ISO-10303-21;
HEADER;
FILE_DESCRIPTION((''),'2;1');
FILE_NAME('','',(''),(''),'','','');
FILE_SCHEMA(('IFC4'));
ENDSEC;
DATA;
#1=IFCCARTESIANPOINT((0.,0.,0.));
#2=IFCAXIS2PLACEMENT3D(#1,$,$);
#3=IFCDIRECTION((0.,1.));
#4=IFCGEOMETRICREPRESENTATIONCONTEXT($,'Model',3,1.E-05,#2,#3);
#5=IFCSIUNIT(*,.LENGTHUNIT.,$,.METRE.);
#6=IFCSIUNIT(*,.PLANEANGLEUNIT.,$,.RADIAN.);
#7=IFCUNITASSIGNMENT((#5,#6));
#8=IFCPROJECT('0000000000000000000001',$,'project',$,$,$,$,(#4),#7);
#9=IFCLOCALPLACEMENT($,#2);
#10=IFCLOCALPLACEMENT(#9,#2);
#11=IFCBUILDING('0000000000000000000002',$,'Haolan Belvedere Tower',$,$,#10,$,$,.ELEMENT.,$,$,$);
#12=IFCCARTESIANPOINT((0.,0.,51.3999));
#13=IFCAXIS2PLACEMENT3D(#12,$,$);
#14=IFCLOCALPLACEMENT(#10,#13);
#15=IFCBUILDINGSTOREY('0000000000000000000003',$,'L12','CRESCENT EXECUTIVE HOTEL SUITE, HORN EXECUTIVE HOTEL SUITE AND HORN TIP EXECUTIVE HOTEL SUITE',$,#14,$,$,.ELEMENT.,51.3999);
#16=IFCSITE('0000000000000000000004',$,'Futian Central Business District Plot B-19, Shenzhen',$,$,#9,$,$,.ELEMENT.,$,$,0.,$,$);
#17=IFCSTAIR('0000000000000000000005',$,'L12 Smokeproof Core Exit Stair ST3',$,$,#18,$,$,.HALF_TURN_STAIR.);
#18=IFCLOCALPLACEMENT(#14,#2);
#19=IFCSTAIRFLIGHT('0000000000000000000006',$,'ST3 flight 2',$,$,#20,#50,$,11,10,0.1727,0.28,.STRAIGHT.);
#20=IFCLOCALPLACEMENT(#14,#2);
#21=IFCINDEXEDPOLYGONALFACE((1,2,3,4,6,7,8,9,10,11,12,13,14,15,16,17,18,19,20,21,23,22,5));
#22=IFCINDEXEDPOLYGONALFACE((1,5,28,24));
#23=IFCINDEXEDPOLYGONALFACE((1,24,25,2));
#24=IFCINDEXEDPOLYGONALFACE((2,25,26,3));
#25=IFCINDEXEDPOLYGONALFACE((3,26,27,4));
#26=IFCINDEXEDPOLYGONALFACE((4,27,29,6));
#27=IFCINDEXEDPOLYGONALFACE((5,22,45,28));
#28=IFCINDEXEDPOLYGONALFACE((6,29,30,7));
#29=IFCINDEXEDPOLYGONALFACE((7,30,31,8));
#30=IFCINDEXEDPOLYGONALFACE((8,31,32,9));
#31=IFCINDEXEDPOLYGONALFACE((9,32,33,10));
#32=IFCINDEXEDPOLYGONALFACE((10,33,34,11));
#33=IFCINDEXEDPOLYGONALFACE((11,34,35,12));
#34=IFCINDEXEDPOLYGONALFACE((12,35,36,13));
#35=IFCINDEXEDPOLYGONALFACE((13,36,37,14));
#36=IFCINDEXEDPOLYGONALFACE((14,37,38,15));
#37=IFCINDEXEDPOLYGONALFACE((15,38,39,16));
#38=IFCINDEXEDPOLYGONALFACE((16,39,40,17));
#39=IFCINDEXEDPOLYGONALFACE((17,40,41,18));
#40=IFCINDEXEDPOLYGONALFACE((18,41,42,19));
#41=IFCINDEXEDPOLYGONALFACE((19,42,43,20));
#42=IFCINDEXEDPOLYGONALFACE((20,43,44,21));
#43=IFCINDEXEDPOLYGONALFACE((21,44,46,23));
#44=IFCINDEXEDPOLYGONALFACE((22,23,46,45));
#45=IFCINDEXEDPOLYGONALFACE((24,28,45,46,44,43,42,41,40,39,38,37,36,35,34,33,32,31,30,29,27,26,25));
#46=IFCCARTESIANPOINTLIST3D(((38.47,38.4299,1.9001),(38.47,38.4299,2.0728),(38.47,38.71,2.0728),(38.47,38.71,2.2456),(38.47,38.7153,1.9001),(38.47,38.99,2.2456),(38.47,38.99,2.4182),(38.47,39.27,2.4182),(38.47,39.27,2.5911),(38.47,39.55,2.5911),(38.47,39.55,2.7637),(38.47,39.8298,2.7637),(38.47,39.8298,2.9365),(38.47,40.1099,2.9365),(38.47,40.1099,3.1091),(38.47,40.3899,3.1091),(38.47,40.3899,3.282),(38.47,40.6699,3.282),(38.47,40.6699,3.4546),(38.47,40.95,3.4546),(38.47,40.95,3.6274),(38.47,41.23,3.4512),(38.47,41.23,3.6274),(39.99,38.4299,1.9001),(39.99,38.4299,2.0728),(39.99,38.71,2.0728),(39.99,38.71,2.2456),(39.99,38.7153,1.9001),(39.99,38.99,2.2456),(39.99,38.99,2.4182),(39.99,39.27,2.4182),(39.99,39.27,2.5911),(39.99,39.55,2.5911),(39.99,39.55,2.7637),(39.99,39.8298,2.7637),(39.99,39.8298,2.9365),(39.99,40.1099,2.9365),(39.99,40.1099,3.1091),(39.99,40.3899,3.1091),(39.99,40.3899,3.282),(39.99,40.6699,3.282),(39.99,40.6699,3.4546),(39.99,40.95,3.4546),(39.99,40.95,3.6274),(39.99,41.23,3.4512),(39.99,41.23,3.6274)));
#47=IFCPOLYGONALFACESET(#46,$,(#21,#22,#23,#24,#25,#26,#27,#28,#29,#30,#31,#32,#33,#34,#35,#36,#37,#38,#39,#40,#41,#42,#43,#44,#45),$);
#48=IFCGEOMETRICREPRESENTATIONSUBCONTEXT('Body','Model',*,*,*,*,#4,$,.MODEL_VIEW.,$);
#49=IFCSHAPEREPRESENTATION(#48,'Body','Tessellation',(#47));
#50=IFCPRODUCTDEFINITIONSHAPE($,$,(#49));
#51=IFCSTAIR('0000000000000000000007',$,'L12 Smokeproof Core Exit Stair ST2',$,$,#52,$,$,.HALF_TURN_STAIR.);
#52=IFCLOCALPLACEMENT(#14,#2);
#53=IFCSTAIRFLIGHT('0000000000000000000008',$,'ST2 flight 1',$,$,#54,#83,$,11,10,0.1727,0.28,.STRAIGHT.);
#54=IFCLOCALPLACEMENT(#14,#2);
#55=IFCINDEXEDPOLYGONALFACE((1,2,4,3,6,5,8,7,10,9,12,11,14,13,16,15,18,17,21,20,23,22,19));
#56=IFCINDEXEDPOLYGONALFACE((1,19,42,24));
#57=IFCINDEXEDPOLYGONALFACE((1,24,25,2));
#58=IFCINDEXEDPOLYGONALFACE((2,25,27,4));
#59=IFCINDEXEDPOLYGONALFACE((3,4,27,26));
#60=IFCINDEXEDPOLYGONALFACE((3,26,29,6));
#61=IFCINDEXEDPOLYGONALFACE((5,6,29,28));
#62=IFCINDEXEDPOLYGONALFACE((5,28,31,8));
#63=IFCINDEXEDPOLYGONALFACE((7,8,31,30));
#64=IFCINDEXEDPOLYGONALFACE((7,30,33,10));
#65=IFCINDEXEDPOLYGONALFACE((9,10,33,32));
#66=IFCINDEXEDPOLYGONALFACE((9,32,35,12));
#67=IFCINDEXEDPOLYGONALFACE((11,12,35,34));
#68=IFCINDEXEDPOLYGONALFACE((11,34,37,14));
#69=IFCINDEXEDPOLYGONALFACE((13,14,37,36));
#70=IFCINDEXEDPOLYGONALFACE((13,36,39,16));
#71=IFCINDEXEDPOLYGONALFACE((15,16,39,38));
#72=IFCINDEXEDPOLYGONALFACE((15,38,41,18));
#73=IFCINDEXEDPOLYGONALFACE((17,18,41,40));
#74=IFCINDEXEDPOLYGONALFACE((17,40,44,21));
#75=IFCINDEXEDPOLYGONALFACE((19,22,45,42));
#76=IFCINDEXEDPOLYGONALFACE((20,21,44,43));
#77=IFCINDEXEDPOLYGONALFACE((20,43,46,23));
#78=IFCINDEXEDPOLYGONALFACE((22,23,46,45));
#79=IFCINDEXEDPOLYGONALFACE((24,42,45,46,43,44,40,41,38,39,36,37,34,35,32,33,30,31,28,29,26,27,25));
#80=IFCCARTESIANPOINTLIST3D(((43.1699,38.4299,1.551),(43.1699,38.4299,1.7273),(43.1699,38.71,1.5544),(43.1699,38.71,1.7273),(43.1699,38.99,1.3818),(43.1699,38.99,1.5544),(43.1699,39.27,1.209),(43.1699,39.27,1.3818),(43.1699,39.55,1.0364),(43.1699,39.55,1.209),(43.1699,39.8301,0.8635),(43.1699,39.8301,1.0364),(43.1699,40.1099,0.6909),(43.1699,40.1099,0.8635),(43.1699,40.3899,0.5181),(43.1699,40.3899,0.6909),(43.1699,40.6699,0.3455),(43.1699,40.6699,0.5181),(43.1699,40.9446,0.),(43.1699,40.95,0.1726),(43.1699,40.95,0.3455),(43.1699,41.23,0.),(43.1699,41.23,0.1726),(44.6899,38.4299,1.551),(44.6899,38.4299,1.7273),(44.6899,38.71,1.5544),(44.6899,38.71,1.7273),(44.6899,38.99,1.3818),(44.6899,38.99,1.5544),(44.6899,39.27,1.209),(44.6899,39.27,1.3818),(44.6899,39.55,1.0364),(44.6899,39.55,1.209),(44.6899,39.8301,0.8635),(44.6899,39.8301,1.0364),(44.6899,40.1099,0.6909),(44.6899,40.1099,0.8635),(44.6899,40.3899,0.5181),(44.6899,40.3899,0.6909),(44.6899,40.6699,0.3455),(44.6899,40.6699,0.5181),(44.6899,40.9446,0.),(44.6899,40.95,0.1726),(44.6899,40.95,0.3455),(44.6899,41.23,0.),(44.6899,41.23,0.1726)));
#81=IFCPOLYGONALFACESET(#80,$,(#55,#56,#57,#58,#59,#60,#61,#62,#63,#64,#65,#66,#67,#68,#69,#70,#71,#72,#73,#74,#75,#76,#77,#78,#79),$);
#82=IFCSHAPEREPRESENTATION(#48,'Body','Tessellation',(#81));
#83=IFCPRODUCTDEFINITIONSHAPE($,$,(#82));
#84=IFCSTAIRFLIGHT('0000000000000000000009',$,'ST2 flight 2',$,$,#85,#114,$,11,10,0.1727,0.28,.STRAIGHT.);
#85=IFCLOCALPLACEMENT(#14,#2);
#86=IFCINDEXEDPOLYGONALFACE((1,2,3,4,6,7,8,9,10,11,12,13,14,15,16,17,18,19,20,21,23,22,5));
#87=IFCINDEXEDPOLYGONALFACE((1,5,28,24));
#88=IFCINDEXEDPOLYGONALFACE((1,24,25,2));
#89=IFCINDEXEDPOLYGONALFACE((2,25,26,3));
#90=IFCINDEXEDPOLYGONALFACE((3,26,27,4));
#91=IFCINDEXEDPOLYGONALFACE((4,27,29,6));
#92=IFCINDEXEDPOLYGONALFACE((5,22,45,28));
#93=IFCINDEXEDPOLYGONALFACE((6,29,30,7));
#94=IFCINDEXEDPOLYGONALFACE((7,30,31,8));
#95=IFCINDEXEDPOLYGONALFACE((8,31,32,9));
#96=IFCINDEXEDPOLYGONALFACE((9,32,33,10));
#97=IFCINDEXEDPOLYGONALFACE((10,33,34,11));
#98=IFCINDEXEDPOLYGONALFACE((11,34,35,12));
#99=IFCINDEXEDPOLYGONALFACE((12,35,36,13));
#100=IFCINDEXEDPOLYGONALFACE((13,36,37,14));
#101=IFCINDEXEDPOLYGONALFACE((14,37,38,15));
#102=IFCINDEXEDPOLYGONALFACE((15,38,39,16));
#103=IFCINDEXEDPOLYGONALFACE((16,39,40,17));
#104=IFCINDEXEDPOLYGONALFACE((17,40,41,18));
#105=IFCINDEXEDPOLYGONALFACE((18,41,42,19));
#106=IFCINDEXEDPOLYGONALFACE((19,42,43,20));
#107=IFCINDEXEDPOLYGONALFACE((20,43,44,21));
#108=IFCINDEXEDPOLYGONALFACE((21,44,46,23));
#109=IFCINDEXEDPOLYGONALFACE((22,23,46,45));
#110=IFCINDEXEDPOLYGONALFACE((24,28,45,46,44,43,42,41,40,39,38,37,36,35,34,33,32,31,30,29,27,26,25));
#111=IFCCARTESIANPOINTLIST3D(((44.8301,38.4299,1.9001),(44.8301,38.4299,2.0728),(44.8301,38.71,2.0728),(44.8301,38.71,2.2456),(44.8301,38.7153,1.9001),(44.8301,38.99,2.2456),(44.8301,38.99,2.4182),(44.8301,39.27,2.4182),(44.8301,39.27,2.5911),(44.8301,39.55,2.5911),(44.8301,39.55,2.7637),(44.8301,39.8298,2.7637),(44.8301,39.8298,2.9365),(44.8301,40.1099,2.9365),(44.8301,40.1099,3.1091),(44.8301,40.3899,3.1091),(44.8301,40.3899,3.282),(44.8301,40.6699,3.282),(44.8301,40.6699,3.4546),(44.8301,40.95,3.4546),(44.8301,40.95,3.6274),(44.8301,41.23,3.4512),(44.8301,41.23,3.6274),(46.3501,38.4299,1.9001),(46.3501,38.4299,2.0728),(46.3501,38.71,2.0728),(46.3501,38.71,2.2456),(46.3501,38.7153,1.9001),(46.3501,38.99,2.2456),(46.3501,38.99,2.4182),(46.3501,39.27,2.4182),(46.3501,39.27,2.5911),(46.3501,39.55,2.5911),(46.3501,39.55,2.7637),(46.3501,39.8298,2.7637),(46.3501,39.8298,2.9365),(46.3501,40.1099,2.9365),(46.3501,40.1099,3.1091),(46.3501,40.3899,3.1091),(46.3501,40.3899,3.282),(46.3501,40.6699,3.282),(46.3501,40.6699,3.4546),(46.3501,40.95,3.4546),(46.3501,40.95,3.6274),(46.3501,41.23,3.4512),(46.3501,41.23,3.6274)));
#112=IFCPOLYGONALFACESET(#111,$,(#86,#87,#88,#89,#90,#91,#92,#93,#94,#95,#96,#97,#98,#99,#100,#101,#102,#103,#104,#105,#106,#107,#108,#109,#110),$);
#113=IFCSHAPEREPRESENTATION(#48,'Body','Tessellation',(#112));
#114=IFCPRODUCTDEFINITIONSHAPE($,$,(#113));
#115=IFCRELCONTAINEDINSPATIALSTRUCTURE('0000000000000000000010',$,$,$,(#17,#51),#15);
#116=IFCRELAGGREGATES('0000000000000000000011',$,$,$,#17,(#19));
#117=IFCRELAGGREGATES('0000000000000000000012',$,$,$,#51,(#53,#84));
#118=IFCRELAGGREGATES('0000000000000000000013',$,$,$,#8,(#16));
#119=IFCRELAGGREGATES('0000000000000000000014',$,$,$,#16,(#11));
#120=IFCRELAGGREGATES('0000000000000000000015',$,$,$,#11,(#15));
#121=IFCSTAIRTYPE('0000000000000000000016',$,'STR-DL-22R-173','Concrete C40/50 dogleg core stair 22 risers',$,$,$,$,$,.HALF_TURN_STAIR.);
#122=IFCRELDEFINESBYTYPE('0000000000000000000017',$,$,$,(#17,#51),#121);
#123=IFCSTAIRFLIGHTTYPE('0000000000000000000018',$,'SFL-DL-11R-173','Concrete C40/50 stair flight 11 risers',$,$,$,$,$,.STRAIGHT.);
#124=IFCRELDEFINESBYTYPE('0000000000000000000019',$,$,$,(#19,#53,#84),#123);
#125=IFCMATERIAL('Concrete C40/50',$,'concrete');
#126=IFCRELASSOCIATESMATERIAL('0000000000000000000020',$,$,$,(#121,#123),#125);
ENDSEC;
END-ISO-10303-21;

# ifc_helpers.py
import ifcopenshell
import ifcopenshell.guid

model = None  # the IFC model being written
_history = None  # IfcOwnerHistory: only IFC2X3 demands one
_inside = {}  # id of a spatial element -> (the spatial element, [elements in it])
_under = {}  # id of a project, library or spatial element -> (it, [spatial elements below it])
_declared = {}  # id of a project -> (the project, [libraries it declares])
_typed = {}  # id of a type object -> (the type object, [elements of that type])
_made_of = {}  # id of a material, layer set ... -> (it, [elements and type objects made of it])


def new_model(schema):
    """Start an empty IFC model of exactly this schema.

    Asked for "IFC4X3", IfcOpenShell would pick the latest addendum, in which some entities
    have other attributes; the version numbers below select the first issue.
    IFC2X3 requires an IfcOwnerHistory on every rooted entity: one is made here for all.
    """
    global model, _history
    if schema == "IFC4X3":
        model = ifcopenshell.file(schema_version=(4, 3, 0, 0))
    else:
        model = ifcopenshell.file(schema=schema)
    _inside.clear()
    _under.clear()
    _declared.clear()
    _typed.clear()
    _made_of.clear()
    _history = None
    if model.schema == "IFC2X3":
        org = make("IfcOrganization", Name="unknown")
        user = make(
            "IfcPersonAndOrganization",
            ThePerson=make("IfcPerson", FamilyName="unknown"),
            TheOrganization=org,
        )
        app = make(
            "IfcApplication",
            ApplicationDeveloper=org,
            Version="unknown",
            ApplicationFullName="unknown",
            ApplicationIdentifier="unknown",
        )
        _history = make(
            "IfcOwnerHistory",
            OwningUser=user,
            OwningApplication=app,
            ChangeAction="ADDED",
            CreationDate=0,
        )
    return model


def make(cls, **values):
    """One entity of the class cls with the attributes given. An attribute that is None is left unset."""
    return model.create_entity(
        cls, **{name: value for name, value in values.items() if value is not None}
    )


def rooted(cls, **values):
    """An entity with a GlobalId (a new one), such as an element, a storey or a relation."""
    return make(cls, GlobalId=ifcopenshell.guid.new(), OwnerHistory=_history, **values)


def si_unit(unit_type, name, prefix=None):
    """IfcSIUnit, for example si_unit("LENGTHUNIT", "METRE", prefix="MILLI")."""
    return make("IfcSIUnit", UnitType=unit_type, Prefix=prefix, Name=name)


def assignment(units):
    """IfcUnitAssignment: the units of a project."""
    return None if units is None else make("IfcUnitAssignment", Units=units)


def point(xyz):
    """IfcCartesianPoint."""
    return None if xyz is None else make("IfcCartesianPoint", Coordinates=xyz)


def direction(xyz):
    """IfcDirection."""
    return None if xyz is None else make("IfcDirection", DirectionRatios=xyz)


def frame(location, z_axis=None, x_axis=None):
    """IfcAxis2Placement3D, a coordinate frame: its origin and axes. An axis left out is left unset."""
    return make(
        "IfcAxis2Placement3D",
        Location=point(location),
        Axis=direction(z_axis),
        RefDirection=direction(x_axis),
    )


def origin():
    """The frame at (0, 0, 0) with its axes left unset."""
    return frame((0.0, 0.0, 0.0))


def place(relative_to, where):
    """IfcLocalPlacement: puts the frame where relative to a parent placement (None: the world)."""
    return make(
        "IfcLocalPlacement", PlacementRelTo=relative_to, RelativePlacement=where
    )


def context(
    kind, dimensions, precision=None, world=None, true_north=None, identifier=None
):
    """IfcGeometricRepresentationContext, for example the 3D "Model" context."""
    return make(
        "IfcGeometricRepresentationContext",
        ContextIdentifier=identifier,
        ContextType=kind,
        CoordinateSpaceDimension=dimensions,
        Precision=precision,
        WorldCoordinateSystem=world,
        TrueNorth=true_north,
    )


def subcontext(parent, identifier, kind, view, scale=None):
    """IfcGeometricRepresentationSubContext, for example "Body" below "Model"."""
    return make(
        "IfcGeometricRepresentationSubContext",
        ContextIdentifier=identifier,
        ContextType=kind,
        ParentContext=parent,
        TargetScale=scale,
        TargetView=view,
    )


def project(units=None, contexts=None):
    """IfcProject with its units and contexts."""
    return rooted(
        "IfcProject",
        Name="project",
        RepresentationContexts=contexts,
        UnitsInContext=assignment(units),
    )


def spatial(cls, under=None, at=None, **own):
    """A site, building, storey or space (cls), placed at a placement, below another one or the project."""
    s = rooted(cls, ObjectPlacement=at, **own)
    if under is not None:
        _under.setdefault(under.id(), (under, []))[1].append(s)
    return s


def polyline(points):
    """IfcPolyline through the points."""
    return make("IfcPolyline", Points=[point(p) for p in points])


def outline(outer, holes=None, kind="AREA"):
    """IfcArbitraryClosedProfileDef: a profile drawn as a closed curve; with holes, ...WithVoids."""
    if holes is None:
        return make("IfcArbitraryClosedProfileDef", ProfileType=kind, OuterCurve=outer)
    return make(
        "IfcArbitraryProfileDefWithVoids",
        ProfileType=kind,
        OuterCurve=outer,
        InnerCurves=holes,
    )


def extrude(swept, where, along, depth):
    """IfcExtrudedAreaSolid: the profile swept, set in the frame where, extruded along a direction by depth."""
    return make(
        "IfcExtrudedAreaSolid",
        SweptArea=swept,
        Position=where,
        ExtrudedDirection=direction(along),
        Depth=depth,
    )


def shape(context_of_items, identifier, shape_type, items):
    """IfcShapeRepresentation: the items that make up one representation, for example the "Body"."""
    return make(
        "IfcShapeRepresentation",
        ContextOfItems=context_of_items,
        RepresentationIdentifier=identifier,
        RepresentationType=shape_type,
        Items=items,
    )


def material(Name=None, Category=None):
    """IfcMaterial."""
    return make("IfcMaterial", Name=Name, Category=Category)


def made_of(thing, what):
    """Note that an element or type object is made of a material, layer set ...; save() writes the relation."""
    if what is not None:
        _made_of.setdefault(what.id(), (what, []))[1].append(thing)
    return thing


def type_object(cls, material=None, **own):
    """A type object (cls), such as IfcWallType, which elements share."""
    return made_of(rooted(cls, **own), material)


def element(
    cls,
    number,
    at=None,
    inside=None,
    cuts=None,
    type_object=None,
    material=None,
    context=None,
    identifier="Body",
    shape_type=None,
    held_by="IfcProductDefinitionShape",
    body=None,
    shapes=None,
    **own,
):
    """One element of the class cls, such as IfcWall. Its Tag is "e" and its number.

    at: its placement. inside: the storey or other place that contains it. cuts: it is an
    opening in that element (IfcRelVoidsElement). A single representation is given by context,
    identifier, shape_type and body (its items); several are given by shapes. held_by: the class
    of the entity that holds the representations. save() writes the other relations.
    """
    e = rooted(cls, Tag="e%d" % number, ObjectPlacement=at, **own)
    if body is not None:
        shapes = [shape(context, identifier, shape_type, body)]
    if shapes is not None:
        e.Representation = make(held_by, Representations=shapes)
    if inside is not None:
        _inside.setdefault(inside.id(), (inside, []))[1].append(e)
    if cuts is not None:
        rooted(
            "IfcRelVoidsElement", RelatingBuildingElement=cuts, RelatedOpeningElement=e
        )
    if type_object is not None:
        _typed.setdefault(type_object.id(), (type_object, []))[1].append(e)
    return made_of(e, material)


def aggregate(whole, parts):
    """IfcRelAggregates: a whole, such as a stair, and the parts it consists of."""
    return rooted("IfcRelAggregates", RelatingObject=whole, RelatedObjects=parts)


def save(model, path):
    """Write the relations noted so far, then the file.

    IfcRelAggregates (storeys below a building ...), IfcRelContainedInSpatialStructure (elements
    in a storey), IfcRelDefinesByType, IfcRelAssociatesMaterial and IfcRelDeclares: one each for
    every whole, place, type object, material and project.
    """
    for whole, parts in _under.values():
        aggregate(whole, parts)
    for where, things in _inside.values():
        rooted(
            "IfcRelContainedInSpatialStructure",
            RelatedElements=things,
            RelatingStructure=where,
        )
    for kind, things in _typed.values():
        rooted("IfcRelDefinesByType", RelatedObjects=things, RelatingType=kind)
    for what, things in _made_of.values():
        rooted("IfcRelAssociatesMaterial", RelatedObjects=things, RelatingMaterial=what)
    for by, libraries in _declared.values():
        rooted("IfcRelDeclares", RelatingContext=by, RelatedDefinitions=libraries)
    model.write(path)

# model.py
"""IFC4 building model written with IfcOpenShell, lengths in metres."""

from ifc_helpers import new_model, si_unit, direction, frame, origin, place, context, subcontext, project, spatial, polyline, outline, extrude, material, type_object, element, aggregate, save


model = new_model("IFC4")

# Units and contexts
model_context = context("Model", 3, precision=1e-05, world=origin(), true_north=direction((0.0, 1.0)))
body_context = subcontext(model_context, "Body", "Model", "MODEL_VIEW")
ifc_project = project(units=[si_unit("LENGTHUNIT", "METRE"), si_unit("PLANEANGLEUNIT", "RADIAN")], contexts=[model_context])

# Site, building, storey
site_placement = place(None, origin())
site = spatial("IfcSite", under=ifc_project, at=site_placement, Name="Futian Central Business District Plot B-19, Shenzhen", CompositionType="ELEMENT", RefElevation=0.0)
building_placement = place(site_placement, origin())
building = spatial("IfcBuilding", under=site, at=building_placement, Name="Haolan Belvedere Tower", CompositionType="ELEMENT")
storey_placement = place(building_placement, frame((0.0, 0.0, 51.3999)))
storey = spatial("IfcBuildingStorey", under=building, at=storey_placement, Name="L12", Description="CRESCENT EXECUTIVE HOTEL SUITE, HORN EXECUTIVE HOTEL SUITE AND HORN TIP EXECUTIVE HOTEL SUITE", CompositionType="ELEMENT", Elevation=51.3999)

# Shared definitions
ifc_material_1 = material(Name="Concrete C40/50", Category="concrete")

# Stair, stair flight
stair_type = type_object("IfcStairType", Name="STR-DL-22R-173", Description="Concrete C40/50 dogleg core stair 22 risers", PredefinedType="HALF_TURN_STAIR", material=ifc_material_1)
stair_1_placement = place(storey_placement, origin())
stair_1 = element("IfcStair", 1, at=stair_1_placement, inside=storey, type_object=stair_type, Name="L12 Smokeproof Core Exit Stair ST3", PredefinedType="HALF_TURN_STAIR")
stair_flight_type = type_object("IfcStairFlightType", Name="SFL-DL-11R-173", Description="Concrete C40/50 stair flight 11 risers", PredefinedType="STRAIGHT", material=ifc_material_1)
stair_flight_1_placement = place(storey_placement, frame((39.23, 38.4299, 1.9001), z_axis=(0.0, 0.0, 1.0), x_axis=(0.0, 1.0, 0.0)))
stair_flight_1 = element("IfcStairFlight", 2, at=stair_flight_1_placement, type_object=stair_flight_type, Name="ST3 flight 2", NumberOfRisers=11, NumberOfTreads=10, PredefinedType="STRAIGHT", RiserHeight=0.1727, TreadLength=0.28, context=body_context, shape_type="SweptSolid", body=[
    extrude(outline(polyline([(0.0, 0.0), (0.0, 0.1726), (0.28, 0.1726), (0.28, 0.3455), (0.5601, 0.3455), (0.5601, 0.5181), (0.8401, 0.5181), (0.8401, 0.6909), (1.1201, 0.6909), (1.1201, 0.8635), (1.3999, 0.8635), (1.3999, 1.0364), (1.6799, 1.0364), (1.6799, 1.209), (1.96, 1.209), (1.96, 1.3818), (2.24, 1.3818), (2.24, 1.5544), (2.52, 1.5544), (2.52, 1.7273), (2.8, 1.7273), (2.8, 1.8999), (2.8, 1.551), (0.2854, 0.0), (0.0, 0.0)])), frame((0.0, 0.76, 0.0), z_axis=(0.0, -1.0, 0.0), x_axis=(1.0, 0.0, 0.0)), (0.0, 0.0, 1.0), 1.52),
])
aggregate(stair_1, [stair_flight_1])

# Stair, stair flights
stair_2_placement = place(storey_placement, origin())
stair_2 = element("IfcStair", 3, at=stair_2_placement, inside=storey, type_object=stair_type, Name="L12 Smokeproof Core Exit Stair ST2", PredefinedType="HALF_TURN_STAIR")
stair_flight_2_placement = place(storey_placement, frame((43.9299, 41.23, 0.0), z_axis=(0.0, 0.0, 1.0), x_axis=(0.0, -1.0, 0.0)))
stair_flight_2 = element("IfcStairFlight", 4, at=stair_flight_2_placement, type_object=stair_flight_type, Name="ST2 flight 1", NumberOfRisers=11, NumberOfTreads=10, PredefinedType="STRAIGHT", RiserHeight=0.1727, TreadLength=0.28, context=body_context, shape_type="SweptSolid", body=[
    extrude(outline(polyline([(0.0, 0.0), (0.0, 0.1726), (0.28, 0.1726), (0.28, 0.3455), (0.5601, 0.3455), (0.5601, 0.5181), (0.8401, 0.5181), (0.8401, 0.6909), (1.1201, 0.6909), (1.1201, 0.8635), (1.3999, 0.8635), (1.3999, 1.0364), (1.6799, 1.0364), (1.6799, 1.209), (1.96, 1.209), (1.96, 1.3818), (2.24, 1.3818), (2.24, 1.5544), (2.52, 1.5544), (2.52, 1.7273), (2.8, 1.7273), (2.8, 1.8999), (2.8, 1.551), (0.2854, 0.0), (0.0, 0.0)])), frame((0.0, 0.76, 0.0), z_axis=(0.0, -1.0, 0.0), x_axis=(1.0, 0.0, 0.0)), (0.0, 0.0, 1.0), 1.52),
])
stair_flight_3_placement = place(storey_placement, frame((45.5901, 38.4299, 1.9001), z_axis=(0.0, 0.0, 1.0), x_axis=(0.0, 1.0, 0.0)))
stair_flight_3 = element("IfcStairFlight", 5, at=stair_flight_3_placement, type_object=stair_flight_type, Name="ST2 flight 2", NumberOfRisers=11, NumberOfTreads=10, PredefinedType="STRAIGHT", RiserHeight=0.1727, TreadLength=0.28, context=body_context, shape_type="SweptSolid", body=[
    extrude(outline(polyline([(0.0, 0.0), (0.0, 0.1726), (0.28, 0.1726), (0.28, 0.3455), (0.5601, 0.3455), (0.5601, 0.5181), (0.8401, 0.5181), (0.8401, 0.6909), (1.1201, 0.6909), (1.1201, 0.8635), (1.3999, 0.8635), (1.3999, 1.0364), (1.6799, 1.0364), (1.6799, 1.209), (1.96, 1.209), (1.96, 1.3818), (2.24, 1.3818), (2.24, 1.5544), (2.52, 1.5544), (2.52, 1.7273), (2.8, 1.7273), (2.8, 1.8999), (2.8, 1.551), (0.2854, 0.0), (0.0, 0.0)])), frame((0.0, 0.76, 0.0), z_axis=(0.0, -1.0, 0.0), x_axis=(1.0, 0.0, 0.0)), (0.0, 0.0, 1.0), 1.52),
])
aggregate(stair_2, [stair_flight_2, stair_flight_3])

save(model, "model.ifc")
